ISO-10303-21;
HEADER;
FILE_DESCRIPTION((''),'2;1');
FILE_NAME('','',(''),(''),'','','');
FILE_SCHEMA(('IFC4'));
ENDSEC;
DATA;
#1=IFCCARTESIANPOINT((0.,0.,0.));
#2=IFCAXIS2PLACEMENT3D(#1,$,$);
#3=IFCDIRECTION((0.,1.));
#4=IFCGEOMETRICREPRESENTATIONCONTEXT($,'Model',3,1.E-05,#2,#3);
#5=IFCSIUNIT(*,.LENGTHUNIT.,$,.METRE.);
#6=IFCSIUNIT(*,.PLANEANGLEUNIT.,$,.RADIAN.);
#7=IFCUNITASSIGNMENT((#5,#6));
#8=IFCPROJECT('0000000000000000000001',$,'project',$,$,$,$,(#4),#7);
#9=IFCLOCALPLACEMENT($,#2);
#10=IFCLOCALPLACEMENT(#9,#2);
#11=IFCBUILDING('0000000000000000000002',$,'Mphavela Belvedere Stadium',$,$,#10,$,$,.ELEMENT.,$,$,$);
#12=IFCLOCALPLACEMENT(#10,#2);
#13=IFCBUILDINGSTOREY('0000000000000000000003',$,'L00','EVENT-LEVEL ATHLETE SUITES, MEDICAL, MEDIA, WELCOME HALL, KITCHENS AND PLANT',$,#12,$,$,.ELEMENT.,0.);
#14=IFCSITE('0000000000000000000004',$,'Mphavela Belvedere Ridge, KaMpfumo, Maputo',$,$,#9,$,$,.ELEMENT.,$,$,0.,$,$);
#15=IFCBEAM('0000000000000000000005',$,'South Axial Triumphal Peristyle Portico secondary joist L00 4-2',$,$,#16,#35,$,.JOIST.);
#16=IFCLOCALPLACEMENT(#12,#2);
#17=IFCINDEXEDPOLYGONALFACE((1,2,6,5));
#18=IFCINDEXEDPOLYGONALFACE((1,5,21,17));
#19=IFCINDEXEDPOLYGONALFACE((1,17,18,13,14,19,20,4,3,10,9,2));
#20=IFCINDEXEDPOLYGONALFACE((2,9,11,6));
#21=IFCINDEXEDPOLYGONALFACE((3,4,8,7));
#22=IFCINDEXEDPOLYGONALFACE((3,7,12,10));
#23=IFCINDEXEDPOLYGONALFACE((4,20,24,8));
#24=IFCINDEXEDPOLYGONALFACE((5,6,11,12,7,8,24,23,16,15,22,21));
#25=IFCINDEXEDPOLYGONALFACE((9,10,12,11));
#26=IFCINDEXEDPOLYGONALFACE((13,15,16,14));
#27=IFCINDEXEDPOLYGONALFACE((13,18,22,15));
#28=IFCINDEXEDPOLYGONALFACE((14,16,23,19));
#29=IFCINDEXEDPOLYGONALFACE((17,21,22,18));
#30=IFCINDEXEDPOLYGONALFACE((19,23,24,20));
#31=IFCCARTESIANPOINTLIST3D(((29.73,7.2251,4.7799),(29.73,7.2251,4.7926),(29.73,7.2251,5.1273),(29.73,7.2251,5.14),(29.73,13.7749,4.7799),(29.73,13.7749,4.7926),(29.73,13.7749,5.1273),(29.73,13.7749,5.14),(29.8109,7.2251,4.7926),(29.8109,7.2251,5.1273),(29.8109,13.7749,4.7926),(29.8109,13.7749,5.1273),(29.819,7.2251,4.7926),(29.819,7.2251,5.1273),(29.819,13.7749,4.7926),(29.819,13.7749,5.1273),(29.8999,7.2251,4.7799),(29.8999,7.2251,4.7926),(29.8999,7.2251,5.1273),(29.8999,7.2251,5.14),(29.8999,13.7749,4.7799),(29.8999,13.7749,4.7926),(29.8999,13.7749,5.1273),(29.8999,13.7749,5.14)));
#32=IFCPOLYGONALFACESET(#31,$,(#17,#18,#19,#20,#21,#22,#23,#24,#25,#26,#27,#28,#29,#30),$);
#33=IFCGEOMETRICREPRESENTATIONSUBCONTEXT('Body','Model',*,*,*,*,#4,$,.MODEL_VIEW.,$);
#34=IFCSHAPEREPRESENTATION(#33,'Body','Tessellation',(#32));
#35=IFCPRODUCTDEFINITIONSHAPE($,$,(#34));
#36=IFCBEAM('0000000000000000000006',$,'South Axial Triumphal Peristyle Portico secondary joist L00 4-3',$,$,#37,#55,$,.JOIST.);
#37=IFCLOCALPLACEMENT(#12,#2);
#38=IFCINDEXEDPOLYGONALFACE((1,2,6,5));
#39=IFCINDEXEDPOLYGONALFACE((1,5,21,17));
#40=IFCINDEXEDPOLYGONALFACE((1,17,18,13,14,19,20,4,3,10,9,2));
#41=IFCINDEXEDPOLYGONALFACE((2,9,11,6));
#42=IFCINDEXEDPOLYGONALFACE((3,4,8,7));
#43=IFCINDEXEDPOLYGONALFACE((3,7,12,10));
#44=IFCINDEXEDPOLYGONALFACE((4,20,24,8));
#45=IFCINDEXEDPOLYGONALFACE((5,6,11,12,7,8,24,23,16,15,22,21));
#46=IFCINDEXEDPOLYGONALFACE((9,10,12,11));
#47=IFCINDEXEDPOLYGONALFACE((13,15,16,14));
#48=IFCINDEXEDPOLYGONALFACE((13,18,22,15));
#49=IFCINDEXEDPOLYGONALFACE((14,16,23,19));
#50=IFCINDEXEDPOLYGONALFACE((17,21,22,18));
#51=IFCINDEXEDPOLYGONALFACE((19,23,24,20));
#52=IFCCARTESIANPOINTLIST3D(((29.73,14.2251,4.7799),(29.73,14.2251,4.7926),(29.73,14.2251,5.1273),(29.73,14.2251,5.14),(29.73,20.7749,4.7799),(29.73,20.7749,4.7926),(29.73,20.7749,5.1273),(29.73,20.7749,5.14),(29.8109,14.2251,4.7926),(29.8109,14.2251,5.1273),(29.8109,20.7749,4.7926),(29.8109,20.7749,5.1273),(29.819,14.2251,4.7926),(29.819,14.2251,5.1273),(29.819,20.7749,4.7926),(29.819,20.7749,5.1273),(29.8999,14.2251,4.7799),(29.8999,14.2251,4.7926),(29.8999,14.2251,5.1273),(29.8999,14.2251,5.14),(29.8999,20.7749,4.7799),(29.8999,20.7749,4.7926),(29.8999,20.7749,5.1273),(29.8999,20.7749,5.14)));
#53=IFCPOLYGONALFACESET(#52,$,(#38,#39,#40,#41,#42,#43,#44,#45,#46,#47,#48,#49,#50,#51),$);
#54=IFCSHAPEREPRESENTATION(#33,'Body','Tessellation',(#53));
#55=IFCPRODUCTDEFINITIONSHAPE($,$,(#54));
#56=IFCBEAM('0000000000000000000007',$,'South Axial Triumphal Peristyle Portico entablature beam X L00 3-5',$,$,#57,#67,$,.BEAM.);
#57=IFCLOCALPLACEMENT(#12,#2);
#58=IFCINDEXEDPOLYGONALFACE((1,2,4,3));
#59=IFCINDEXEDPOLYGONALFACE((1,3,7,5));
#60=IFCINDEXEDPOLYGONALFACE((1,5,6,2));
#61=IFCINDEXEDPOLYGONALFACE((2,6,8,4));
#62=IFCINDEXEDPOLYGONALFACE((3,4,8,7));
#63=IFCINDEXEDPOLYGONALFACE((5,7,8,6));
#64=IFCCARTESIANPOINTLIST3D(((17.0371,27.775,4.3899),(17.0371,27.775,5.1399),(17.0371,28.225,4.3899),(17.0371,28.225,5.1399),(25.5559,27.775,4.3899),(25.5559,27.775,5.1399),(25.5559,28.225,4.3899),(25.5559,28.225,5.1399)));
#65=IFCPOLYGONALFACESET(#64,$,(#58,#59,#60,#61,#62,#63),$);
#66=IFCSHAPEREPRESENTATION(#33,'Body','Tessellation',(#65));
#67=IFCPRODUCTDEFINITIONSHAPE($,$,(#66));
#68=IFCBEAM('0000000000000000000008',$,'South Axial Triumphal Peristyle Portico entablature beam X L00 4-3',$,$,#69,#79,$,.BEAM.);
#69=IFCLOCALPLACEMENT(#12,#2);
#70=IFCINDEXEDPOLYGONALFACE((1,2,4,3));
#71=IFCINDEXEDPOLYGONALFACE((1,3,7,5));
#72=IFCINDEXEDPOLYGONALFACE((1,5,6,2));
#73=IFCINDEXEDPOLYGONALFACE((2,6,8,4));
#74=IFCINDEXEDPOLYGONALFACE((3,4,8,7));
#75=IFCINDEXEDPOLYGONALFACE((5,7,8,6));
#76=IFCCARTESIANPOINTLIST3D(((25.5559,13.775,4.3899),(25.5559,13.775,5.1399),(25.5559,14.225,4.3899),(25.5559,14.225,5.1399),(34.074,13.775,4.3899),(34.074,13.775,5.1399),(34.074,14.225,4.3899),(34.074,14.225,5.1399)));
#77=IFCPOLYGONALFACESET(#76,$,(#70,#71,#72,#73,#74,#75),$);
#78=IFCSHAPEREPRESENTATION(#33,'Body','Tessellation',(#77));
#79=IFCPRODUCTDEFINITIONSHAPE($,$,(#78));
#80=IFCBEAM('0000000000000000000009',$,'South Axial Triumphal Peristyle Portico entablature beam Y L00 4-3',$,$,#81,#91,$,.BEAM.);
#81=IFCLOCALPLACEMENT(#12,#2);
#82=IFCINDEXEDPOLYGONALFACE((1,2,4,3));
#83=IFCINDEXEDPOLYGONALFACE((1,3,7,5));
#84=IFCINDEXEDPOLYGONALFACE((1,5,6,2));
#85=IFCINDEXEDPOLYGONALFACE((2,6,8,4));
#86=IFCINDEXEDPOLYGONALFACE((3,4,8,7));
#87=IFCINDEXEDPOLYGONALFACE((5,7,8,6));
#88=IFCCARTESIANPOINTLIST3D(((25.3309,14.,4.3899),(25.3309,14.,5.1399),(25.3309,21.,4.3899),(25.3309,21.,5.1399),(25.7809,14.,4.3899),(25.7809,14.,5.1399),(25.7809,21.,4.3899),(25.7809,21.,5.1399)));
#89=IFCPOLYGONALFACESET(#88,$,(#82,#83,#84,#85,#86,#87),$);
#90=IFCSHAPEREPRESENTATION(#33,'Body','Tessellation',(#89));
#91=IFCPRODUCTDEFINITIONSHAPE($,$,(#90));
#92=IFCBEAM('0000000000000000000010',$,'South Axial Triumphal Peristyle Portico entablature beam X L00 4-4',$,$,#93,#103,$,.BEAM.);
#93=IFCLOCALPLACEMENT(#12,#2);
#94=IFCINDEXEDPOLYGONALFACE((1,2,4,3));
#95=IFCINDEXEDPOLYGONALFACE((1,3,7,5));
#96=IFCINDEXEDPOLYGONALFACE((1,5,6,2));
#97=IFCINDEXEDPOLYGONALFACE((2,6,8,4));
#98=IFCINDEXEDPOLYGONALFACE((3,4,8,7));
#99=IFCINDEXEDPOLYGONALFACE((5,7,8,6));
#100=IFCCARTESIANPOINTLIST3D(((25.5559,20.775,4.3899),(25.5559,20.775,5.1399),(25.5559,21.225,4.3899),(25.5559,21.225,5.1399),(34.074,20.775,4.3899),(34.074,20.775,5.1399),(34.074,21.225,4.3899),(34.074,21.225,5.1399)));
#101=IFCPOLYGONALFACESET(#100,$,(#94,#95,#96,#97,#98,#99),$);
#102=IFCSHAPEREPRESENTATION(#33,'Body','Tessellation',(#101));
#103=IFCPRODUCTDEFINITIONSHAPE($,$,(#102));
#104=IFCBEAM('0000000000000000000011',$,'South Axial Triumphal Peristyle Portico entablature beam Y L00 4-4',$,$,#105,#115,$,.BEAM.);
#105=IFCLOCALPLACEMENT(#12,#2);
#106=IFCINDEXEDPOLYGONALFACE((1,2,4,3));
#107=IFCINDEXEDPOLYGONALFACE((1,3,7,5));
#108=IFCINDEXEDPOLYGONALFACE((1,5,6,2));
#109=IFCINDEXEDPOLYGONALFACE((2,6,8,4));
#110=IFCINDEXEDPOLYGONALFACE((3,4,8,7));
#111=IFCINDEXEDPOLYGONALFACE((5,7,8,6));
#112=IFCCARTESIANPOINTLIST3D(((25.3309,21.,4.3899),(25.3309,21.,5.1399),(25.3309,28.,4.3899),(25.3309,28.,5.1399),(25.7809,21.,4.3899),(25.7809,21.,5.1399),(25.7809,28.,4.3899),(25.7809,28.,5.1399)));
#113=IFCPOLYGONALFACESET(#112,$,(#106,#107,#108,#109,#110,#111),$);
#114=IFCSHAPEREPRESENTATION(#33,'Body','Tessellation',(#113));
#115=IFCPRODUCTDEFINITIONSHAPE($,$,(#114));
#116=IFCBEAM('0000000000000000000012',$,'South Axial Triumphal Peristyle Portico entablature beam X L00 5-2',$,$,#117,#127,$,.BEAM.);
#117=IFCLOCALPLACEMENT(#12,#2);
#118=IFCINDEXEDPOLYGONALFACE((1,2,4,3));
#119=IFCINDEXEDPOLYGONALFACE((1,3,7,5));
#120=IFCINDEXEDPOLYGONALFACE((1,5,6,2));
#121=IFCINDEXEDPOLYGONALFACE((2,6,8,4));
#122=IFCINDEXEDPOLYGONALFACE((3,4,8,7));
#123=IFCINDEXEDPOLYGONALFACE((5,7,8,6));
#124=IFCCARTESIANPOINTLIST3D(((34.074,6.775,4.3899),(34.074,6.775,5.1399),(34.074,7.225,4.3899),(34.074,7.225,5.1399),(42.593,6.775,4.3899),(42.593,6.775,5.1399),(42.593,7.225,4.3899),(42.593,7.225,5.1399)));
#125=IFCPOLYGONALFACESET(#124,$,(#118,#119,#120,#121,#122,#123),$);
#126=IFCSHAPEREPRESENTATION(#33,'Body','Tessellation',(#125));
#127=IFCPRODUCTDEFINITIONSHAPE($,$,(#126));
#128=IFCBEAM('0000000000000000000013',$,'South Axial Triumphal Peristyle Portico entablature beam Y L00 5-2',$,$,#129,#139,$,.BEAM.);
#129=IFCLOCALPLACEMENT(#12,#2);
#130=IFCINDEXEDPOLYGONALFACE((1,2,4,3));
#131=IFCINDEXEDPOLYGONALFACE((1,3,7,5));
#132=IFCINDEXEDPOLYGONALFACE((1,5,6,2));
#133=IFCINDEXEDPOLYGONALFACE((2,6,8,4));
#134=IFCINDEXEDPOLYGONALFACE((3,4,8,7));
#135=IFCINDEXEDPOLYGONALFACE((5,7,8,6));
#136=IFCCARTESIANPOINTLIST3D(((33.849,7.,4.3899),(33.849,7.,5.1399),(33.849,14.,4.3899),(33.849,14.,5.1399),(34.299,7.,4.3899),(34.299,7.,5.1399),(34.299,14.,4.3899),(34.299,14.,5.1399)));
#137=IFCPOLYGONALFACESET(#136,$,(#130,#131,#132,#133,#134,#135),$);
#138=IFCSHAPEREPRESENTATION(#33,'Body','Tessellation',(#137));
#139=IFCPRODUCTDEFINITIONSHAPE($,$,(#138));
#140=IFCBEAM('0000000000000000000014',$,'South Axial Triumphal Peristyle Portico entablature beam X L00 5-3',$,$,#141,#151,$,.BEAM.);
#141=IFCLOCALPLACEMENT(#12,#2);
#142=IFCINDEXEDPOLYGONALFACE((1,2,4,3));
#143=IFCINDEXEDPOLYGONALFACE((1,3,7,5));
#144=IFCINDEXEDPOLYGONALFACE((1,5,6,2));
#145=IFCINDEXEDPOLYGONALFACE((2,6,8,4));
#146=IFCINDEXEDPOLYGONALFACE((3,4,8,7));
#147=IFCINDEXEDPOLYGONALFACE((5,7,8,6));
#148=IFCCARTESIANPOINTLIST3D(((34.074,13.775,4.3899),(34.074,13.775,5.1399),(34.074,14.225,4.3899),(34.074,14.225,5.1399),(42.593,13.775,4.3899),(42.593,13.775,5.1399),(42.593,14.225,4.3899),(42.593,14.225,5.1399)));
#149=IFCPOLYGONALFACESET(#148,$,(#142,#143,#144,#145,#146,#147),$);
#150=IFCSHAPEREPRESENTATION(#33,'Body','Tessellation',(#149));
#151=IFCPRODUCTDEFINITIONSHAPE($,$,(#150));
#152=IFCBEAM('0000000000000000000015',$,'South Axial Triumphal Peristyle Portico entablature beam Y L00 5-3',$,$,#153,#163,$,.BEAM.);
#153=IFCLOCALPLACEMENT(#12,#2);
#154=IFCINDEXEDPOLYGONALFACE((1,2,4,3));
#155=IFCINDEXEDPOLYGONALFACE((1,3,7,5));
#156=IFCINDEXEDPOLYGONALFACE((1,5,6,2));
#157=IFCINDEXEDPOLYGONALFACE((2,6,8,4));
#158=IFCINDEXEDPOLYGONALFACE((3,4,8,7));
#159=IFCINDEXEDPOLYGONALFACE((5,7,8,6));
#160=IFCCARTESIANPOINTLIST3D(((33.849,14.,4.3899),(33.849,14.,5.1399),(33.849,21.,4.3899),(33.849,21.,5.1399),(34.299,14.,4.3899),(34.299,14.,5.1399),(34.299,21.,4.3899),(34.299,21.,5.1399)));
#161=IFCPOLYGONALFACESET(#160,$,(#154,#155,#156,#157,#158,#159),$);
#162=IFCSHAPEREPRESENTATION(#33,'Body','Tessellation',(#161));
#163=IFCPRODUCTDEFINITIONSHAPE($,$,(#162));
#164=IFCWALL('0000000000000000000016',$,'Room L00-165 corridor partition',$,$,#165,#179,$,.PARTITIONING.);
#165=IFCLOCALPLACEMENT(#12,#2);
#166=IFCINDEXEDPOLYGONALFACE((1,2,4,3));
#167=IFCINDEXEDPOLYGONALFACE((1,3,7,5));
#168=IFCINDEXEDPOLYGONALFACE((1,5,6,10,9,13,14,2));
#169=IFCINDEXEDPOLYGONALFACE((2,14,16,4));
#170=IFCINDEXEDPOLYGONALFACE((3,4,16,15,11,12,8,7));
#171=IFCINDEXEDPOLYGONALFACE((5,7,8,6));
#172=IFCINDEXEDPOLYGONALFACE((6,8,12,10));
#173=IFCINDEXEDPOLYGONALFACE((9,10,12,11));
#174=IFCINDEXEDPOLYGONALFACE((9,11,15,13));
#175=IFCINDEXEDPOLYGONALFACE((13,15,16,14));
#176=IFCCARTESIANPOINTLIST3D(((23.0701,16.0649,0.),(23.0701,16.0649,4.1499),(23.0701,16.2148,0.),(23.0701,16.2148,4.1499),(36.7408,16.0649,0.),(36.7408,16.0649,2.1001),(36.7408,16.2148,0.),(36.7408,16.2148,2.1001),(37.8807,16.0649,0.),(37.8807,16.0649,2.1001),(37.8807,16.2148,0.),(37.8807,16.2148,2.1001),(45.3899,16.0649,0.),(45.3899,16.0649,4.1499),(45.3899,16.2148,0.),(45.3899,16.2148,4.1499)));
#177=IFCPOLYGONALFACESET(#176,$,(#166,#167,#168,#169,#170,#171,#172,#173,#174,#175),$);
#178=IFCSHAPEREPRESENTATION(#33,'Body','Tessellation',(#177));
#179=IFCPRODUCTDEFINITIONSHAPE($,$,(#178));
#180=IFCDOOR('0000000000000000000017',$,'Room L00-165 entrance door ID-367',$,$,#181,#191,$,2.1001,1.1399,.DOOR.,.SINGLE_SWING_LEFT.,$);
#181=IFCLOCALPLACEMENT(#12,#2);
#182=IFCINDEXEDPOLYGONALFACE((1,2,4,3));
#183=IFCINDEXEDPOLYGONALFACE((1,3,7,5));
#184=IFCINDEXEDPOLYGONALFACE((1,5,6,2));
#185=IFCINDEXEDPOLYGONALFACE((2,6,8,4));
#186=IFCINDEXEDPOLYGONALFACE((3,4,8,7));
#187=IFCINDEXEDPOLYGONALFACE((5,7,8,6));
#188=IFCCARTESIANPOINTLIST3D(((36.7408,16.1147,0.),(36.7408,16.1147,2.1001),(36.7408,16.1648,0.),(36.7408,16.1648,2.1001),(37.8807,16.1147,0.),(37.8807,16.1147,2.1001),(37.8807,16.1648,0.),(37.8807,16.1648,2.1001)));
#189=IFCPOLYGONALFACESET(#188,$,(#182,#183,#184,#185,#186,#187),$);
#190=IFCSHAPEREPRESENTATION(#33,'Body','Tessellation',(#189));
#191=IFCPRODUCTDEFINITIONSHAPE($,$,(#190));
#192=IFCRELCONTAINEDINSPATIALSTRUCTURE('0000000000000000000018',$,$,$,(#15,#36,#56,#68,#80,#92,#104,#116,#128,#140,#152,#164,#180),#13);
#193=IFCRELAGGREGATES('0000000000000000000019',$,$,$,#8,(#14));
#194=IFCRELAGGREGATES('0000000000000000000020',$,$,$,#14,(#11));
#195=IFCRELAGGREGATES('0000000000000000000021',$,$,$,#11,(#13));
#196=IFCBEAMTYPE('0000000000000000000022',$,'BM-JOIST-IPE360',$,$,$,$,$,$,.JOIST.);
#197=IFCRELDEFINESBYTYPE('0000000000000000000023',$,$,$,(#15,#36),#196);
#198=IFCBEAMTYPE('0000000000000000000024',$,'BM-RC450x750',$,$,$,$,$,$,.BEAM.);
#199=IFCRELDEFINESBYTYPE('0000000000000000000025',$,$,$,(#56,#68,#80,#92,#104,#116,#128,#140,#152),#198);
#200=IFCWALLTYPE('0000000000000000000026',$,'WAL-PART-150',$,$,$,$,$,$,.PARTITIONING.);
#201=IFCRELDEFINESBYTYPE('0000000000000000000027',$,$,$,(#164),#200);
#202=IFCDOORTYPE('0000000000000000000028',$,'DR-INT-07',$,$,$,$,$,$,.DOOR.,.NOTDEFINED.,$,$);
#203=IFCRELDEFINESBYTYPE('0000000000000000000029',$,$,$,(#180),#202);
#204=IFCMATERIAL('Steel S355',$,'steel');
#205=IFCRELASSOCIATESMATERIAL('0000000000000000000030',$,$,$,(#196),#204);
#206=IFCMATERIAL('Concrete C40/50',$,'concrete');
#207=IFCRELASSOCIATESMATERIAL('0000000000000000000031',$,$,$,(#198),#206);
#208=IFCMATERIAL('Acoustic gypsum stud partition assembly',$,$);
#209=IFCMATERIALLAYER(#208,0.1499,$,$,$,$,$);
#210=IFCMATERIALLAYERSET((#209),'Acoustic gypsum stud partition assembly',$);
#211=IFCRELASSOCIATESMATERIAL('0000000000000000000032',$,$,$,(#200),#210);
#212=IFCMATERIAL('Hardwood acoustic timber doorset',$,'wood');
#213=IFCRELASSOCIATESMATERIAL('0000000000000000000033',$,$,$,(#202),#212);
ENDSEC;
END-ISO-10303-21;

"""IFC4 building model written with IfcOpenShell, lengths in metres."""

from ifc_helpers import new_model, si_unit, direction, frame, frame_2d, origin, origin_2d, place, context, subcontext, project, spatial, rectangle, i_section, extrude, material, layer, layer_set, material_profile, profile_set, type_object, element, fill, save


model = new_model("IFC4")

# Units and contexts
model_context = context("Model", 3, precision=1e-05, world=origin(), true_north=direction((0.0, 1.0)))
body_context = subcontext(model_context, "Body", "Model", "MODEL_VIEW")
ifc_project = project(units=[si_unit("LENGTHUNIT", "METRE"), si_unit("PLANEANGLEUNIT", "RADIAN")], contexts=[model_context])

# Site, building, storey
site_placement = place(None, origin())
site = spatial("IfcSite", under=ifc_project, at=site_placement, Name="Mphavela Belvedere Ridge, KaMpfumo, Maputo", CompositionType="ELEMENT", RefElevation=0.0)
building_placement = place(site_placement, origin())
building = spatial("IfcBuilding", under=site, at=building_placement, Name="Mphavela Belvedere Stadium", CompositionType="ELEMENT")
storey_placement = place(building_placement, origin())
storey = spatial("IfcBuildingStorey", under=building, at=storey_placement, Name="L00", Description="EVENT-LEVEL ATHLETE SUITES, MEDICAL, MEDIA, WELCOME HALL, KITCHENS AND PLANT", CompositionType="ELEMENT", Elevation=0.0)

# Beams
ifc_material_1 = material(Name="Steel S355", Category="steel")
ifc_material_profile_1 = material_profile(ifc_material_1, i_section(OverallWidth=0.1699, OverallDepth=0.3601, WebThickness=0.0081, FlangeThickness=0.0127, at=origin_2d()), Name="IPE 360")
ifc_profile_set_1 = profile_set([ifc_material_profile_1], Name="Steel S355")
beam_type_1 = type_object("IfcBeamType", Name="BM-JOIST-IPE360", PredefinedType="JOIST", material=ifc_profile_set_1)
for number, where, z_axis, x_axis, name in (
    (1, (29.8149, 7.2251, 4.96), (0.0, 1.0, 0.0), (-1.0, 0.0, 0.0), "South Axial Triumphal Peristyle Portico secondary joist L00 4-2"),
    (2, (29.8149, 14.2251, 4.96), (0.0, 1.0, 0.0), (-1.0, 0.0, 0.0), "South Axial Triumphal Peristyle Portico secondary joist L00 4-3"),
):
    element("IfcBeam", number, at=place(storey_placement, frame(where, z_axis=z_axis, x_axis=x_axis)), inside=storey, type_object=beam_type_1, Name=name, PredefinedType="JOIST", context=body_context, shape_type="SweptSolid", body=[
        extrude(i_section(OverallWidth=0.1699, OverallDepth=0.3601, WebThickness=0.0081, FlangeThickness=0.0127, at=origin_2d()), origin(), (0.0, 0.0, 1.0), 6.5498),
    ])
ifc_material_2 = material(Name="Concrete C40/50", Category="concrete")
ifc_material_profile_2 = material_profile(ifc_material_2, rectangle(XDim=0.45, YDim=0.75, at=origin_2d()), Name="RC 450x750")
ifc_profile_set_2 = profile_set([ifc_material_profile_2], Name="Concrete C40/50")
beam_type_2 = type_object("IfcBeamType", Name="BM-RC450x750", PredefinedType="BEAM", material=ifc_profile_set_2)
beam_1_placement = place(storey_placement, frame((17.0371, 28.0, 4.7649), z_axis=(1.0, 0.0, 0.0), x_axis=(0.0, 1.0, 0.0)))
element("IfcBeam", 3, at=beam_1_placement, inside=storey, type_object=beam_type_2, Name="South Axial Triumphal Peristyle Portico entablature beam X L00 3-5", PredefinedType="BEAM", context=body_context, shape_type="SweptSolid", body=[
    extrude(rectangle(XDim=0.45, YDim=0.75, at=origin_2d()), origin(), (0.0, 0.0, 1.0), 8.5188),
])
beam_2_placement = place(storey_placement, frame((25.5559, 14.0, 4.7649), z_axis=(1.0, 0.0, 0.0), x_axis=(0.0, 1.0, 0.0)))
element("IfcBeam", 4, at=beam_2_placement, inside=storey, type_object=beam_type_2, Name="South Axial Triumphal Peristyle Portico entablature beam X L00 4-3", PredefinedType="BEAM", context=body_context, shape_type="SweptSolid", body=[
    extrude(rectangle(XDim=0.45, YDim=0.75, at=origin_2d()), origin(), (0.0, 0.0, 1.0), 8.5181),
])
beam_3_placement = place(storey_placement, frame((25.5559, 14.0, 4.7649), z_axis=(0.0, 1.0, 0.0), x_axis=(-1.0, 0.0, 0.0)))
element("IfcBeam", 5, at=beam_3_placement, inside=storey, type_object=beam_type_2, Name="South Axial Triumphal Peristyle Portico entablature beam Y L00 4-3", PredefinedType="BEAM", context=body_context, shape_type="SweptSolid", body=[
    extrude(rectangle(XDim=0.45, YDim=0.75, at=origin_2d()), origin(), (0.0, 0.0, 1.0), 7.0),
])
beam_4_placement = place(storey_placement, frame((25.5559, 21.0, 4.7649), z_axis=(1.0, 0.0, 0.0), x_axis=(0.0, 1.0, 0.0)))
element("IfcBeam", 6, at=beam_4_placement, inside=storey, type_object=beam_type_2, Name="South Axial Triumphal Peristyle Portico entablature beam X L00 4-4", PredefinedType="BEAM", context=body_context, shape_type="SweptSolid", body=[
    extrude(rectangle(XDim=0.45, YDim=0.75, at=origin_2d()), origin(), (0.0, 0.0, 1.0), 8.5181),
])
beam_5_placement = place(storey_placement, frame((25.5559, 21.0, 4.7649), z_axis=(0.0, 1.0, 0.0), x_axis=(-1.0, 0.0, 0.0)))
element("IfcBeam", 7, at=beam_5_placement, inside=storey, type_object=beam_type_2, Name="South Axial Triumphal Peristyle Portico entablature beam Y L00 4-4", PredefinedType="BEAM", context=body_context, shape_type="SweptSolid", body=[
    extrude(rectangle(XDim=0.45, YDim=0.75, at=origin_2d()), origin(), (0.0, 0.0, 1.0), 7.0),
])
beam_6_placement = place(storey_placement, frame((34.074, 7.0, 4.7649), z_axis=(1.0, 0.0, 0.0), x_axis=(0.0, 1.0, 0.0)))
element("IfcBeam", 8, at=beam_6_placement, inside=storey, type_object=beam_type_2, Name="South Axial Triumphal Peristyle Portico entablature beam X L00 5-2", PredefinedType="BEAM", context=body_context, shape_type="SweptSolid", body=[
    extrude(rectangle(XDim=0.45, YDim=0.75, at=origin_2d()), origin(), (0.0, 0.0, 1.0), 8.519),
])
beam_7_placement = place(storey_placement, frame((34.074, 7.0, 4.7649), z_axis=(0.0, 1.0, 0.0), x_axis=(-1.0, 0.0, 0.0)))
element("IfcBeam", 9, at=beam_7_placement, inside=storey, type_object=beam_type_2, Name="South Axial Triumphal Peristyle Portico entablature beam Y L00 5-2", PredefinedType="BEAM", context=body_context, shape_type="SweptSolid", body=[
    extrude(rectangle(XDim=0.45, YDim=0.75, at=origin_2d()), origin(), (0.0, 0.0, 1.0), 7.0),
])
beam_8_placement = place(storey_placement, frame((34.074, 14.0, 4.7649), z_axis=(1.0, 0.0, 0.0), x_axis=(0.0, 1.0, 0.0)))
element("IfcBeam", 10, at=beam_8_placement, inside=storey, type_object=beam_type_2, Name="South Axial Triumphal Peristyle Portico entablature beam X L00 5-3", PredefinedType="BEAM", context=body_context, shape_type="SweptSolid", body=[
    extrude(rectangle(XDim=0.45, YDim=0.75, at=origin_2d()), origin(), (0.0, 0.0, 1.0), 8.519),
])
beam_9_placement = place(storey_placement, frame((34.074, 14.0, 4.7649), z_axis=(0.0, 1.0, 0.0), x_axis=(-1.0, 0.0, 0.0)))
element("IfcBeam", 11, at=beam_9_placement, inside=storey, type_object=beam_type_2, Name="South Axial Triumphal Peristyle Portico entablature beam Y L00 5-3", PredefinedType="BEAM", context=body_context, shape_type="SweptSolid", body=[
    extrude(rectangle(XDim=0.45, YDim=0.75, at=origin_2d()), origin(), (0.0, 0.0, 1.0), 7.0),
])

# Wall, opening, door
ifc_material_3 = material(Name="Acoustic gypsum stud partition assembly")
ifc_layer = layer(ifc_material_3, 0.1499)
ifc_layer_set = layer_set([ifc_layer], Name="Acoustic gypsum stud partition assembly")
wall_type = type_object("IfcWallType", Name="WAL-PART-150", PredefinedType="PARTITIONING", material=ifc_layer_set)
wall_1_placement = place(storey_placement, frame((23.0701, 16.1399, 0.0), z_axis=(0.0, 0.0, 1.0), x_axis=(1.0, 0.0, 0.0)))
wall_1 = element("IfcWall", 12, at=wall_1_placement, inside=storey, type_object=wall_type, Name="Room L00-165 corridor partition", PredefinedType="PARTITIONING", context=body_context, shape_type="SweptSolid", body=[
    extrude(rectangle(XDim=22.3198, YDim=0.1499, at=frame_2d((11.1599, 0.0))), origin(), (0.0, 0.0, 1.0), 4.1499),
])
opening_placement = place(wall_1_placement, frame((13.6709, 0.0, 0.0)))
opening = element("IfcOpeningElement", 13, at=opening_placement, cuts=wall_1, PredefinedType="OPENING", context=body_context, shape_type="SweptSolid", body=[
    extrude(rectangle(XDim=1.1399, YDim=2.1001, at=frame_2d((0.5698, 1.05))), frame((0.0, 0.085, 0.0), z_axis=(0.0, -1.0, 0.0), x_axis=(1.0, 0.0, 0.0)), (0.0, 0.0, 1.0), 0.1699),
])
ifc_material_4 = material(Name="Hardwood acoustic timber doorset", Category="wood")
door_type = type_object("IfcDoorType", Name="DR-INT-07", OperationType="NOTDEFINED", PredefinedType="DOOR", material=ifc_material_4)
door_placement = place(opening_placement, origin())
door = element("IfcDoor", 14, at=door_placement, inside=storey, type_object=door_type, Name="Room L00-165 entrance door ID-367", OperationType="SINGLE_SWING_LEFT", OverallHeight=2.1001, OverallWidth=1.1399, PredefinedType="DOOR", context=body_context, shape_type="SweptSolid", body=[
    extrude(rectangle(XDim=1.1399, YDim=2.1001, at=frame_2d((0.5698, 1.05))), frame((0.0, 0.0249, 0.0), z_axis=(0.0, -1.0, 0.0), x_axis=(1.0, 0.0, 0.0)), (0.0, 0.0, 1.0), 0.05),
])
fill(opening, door)

save(model, "model.ifc")
